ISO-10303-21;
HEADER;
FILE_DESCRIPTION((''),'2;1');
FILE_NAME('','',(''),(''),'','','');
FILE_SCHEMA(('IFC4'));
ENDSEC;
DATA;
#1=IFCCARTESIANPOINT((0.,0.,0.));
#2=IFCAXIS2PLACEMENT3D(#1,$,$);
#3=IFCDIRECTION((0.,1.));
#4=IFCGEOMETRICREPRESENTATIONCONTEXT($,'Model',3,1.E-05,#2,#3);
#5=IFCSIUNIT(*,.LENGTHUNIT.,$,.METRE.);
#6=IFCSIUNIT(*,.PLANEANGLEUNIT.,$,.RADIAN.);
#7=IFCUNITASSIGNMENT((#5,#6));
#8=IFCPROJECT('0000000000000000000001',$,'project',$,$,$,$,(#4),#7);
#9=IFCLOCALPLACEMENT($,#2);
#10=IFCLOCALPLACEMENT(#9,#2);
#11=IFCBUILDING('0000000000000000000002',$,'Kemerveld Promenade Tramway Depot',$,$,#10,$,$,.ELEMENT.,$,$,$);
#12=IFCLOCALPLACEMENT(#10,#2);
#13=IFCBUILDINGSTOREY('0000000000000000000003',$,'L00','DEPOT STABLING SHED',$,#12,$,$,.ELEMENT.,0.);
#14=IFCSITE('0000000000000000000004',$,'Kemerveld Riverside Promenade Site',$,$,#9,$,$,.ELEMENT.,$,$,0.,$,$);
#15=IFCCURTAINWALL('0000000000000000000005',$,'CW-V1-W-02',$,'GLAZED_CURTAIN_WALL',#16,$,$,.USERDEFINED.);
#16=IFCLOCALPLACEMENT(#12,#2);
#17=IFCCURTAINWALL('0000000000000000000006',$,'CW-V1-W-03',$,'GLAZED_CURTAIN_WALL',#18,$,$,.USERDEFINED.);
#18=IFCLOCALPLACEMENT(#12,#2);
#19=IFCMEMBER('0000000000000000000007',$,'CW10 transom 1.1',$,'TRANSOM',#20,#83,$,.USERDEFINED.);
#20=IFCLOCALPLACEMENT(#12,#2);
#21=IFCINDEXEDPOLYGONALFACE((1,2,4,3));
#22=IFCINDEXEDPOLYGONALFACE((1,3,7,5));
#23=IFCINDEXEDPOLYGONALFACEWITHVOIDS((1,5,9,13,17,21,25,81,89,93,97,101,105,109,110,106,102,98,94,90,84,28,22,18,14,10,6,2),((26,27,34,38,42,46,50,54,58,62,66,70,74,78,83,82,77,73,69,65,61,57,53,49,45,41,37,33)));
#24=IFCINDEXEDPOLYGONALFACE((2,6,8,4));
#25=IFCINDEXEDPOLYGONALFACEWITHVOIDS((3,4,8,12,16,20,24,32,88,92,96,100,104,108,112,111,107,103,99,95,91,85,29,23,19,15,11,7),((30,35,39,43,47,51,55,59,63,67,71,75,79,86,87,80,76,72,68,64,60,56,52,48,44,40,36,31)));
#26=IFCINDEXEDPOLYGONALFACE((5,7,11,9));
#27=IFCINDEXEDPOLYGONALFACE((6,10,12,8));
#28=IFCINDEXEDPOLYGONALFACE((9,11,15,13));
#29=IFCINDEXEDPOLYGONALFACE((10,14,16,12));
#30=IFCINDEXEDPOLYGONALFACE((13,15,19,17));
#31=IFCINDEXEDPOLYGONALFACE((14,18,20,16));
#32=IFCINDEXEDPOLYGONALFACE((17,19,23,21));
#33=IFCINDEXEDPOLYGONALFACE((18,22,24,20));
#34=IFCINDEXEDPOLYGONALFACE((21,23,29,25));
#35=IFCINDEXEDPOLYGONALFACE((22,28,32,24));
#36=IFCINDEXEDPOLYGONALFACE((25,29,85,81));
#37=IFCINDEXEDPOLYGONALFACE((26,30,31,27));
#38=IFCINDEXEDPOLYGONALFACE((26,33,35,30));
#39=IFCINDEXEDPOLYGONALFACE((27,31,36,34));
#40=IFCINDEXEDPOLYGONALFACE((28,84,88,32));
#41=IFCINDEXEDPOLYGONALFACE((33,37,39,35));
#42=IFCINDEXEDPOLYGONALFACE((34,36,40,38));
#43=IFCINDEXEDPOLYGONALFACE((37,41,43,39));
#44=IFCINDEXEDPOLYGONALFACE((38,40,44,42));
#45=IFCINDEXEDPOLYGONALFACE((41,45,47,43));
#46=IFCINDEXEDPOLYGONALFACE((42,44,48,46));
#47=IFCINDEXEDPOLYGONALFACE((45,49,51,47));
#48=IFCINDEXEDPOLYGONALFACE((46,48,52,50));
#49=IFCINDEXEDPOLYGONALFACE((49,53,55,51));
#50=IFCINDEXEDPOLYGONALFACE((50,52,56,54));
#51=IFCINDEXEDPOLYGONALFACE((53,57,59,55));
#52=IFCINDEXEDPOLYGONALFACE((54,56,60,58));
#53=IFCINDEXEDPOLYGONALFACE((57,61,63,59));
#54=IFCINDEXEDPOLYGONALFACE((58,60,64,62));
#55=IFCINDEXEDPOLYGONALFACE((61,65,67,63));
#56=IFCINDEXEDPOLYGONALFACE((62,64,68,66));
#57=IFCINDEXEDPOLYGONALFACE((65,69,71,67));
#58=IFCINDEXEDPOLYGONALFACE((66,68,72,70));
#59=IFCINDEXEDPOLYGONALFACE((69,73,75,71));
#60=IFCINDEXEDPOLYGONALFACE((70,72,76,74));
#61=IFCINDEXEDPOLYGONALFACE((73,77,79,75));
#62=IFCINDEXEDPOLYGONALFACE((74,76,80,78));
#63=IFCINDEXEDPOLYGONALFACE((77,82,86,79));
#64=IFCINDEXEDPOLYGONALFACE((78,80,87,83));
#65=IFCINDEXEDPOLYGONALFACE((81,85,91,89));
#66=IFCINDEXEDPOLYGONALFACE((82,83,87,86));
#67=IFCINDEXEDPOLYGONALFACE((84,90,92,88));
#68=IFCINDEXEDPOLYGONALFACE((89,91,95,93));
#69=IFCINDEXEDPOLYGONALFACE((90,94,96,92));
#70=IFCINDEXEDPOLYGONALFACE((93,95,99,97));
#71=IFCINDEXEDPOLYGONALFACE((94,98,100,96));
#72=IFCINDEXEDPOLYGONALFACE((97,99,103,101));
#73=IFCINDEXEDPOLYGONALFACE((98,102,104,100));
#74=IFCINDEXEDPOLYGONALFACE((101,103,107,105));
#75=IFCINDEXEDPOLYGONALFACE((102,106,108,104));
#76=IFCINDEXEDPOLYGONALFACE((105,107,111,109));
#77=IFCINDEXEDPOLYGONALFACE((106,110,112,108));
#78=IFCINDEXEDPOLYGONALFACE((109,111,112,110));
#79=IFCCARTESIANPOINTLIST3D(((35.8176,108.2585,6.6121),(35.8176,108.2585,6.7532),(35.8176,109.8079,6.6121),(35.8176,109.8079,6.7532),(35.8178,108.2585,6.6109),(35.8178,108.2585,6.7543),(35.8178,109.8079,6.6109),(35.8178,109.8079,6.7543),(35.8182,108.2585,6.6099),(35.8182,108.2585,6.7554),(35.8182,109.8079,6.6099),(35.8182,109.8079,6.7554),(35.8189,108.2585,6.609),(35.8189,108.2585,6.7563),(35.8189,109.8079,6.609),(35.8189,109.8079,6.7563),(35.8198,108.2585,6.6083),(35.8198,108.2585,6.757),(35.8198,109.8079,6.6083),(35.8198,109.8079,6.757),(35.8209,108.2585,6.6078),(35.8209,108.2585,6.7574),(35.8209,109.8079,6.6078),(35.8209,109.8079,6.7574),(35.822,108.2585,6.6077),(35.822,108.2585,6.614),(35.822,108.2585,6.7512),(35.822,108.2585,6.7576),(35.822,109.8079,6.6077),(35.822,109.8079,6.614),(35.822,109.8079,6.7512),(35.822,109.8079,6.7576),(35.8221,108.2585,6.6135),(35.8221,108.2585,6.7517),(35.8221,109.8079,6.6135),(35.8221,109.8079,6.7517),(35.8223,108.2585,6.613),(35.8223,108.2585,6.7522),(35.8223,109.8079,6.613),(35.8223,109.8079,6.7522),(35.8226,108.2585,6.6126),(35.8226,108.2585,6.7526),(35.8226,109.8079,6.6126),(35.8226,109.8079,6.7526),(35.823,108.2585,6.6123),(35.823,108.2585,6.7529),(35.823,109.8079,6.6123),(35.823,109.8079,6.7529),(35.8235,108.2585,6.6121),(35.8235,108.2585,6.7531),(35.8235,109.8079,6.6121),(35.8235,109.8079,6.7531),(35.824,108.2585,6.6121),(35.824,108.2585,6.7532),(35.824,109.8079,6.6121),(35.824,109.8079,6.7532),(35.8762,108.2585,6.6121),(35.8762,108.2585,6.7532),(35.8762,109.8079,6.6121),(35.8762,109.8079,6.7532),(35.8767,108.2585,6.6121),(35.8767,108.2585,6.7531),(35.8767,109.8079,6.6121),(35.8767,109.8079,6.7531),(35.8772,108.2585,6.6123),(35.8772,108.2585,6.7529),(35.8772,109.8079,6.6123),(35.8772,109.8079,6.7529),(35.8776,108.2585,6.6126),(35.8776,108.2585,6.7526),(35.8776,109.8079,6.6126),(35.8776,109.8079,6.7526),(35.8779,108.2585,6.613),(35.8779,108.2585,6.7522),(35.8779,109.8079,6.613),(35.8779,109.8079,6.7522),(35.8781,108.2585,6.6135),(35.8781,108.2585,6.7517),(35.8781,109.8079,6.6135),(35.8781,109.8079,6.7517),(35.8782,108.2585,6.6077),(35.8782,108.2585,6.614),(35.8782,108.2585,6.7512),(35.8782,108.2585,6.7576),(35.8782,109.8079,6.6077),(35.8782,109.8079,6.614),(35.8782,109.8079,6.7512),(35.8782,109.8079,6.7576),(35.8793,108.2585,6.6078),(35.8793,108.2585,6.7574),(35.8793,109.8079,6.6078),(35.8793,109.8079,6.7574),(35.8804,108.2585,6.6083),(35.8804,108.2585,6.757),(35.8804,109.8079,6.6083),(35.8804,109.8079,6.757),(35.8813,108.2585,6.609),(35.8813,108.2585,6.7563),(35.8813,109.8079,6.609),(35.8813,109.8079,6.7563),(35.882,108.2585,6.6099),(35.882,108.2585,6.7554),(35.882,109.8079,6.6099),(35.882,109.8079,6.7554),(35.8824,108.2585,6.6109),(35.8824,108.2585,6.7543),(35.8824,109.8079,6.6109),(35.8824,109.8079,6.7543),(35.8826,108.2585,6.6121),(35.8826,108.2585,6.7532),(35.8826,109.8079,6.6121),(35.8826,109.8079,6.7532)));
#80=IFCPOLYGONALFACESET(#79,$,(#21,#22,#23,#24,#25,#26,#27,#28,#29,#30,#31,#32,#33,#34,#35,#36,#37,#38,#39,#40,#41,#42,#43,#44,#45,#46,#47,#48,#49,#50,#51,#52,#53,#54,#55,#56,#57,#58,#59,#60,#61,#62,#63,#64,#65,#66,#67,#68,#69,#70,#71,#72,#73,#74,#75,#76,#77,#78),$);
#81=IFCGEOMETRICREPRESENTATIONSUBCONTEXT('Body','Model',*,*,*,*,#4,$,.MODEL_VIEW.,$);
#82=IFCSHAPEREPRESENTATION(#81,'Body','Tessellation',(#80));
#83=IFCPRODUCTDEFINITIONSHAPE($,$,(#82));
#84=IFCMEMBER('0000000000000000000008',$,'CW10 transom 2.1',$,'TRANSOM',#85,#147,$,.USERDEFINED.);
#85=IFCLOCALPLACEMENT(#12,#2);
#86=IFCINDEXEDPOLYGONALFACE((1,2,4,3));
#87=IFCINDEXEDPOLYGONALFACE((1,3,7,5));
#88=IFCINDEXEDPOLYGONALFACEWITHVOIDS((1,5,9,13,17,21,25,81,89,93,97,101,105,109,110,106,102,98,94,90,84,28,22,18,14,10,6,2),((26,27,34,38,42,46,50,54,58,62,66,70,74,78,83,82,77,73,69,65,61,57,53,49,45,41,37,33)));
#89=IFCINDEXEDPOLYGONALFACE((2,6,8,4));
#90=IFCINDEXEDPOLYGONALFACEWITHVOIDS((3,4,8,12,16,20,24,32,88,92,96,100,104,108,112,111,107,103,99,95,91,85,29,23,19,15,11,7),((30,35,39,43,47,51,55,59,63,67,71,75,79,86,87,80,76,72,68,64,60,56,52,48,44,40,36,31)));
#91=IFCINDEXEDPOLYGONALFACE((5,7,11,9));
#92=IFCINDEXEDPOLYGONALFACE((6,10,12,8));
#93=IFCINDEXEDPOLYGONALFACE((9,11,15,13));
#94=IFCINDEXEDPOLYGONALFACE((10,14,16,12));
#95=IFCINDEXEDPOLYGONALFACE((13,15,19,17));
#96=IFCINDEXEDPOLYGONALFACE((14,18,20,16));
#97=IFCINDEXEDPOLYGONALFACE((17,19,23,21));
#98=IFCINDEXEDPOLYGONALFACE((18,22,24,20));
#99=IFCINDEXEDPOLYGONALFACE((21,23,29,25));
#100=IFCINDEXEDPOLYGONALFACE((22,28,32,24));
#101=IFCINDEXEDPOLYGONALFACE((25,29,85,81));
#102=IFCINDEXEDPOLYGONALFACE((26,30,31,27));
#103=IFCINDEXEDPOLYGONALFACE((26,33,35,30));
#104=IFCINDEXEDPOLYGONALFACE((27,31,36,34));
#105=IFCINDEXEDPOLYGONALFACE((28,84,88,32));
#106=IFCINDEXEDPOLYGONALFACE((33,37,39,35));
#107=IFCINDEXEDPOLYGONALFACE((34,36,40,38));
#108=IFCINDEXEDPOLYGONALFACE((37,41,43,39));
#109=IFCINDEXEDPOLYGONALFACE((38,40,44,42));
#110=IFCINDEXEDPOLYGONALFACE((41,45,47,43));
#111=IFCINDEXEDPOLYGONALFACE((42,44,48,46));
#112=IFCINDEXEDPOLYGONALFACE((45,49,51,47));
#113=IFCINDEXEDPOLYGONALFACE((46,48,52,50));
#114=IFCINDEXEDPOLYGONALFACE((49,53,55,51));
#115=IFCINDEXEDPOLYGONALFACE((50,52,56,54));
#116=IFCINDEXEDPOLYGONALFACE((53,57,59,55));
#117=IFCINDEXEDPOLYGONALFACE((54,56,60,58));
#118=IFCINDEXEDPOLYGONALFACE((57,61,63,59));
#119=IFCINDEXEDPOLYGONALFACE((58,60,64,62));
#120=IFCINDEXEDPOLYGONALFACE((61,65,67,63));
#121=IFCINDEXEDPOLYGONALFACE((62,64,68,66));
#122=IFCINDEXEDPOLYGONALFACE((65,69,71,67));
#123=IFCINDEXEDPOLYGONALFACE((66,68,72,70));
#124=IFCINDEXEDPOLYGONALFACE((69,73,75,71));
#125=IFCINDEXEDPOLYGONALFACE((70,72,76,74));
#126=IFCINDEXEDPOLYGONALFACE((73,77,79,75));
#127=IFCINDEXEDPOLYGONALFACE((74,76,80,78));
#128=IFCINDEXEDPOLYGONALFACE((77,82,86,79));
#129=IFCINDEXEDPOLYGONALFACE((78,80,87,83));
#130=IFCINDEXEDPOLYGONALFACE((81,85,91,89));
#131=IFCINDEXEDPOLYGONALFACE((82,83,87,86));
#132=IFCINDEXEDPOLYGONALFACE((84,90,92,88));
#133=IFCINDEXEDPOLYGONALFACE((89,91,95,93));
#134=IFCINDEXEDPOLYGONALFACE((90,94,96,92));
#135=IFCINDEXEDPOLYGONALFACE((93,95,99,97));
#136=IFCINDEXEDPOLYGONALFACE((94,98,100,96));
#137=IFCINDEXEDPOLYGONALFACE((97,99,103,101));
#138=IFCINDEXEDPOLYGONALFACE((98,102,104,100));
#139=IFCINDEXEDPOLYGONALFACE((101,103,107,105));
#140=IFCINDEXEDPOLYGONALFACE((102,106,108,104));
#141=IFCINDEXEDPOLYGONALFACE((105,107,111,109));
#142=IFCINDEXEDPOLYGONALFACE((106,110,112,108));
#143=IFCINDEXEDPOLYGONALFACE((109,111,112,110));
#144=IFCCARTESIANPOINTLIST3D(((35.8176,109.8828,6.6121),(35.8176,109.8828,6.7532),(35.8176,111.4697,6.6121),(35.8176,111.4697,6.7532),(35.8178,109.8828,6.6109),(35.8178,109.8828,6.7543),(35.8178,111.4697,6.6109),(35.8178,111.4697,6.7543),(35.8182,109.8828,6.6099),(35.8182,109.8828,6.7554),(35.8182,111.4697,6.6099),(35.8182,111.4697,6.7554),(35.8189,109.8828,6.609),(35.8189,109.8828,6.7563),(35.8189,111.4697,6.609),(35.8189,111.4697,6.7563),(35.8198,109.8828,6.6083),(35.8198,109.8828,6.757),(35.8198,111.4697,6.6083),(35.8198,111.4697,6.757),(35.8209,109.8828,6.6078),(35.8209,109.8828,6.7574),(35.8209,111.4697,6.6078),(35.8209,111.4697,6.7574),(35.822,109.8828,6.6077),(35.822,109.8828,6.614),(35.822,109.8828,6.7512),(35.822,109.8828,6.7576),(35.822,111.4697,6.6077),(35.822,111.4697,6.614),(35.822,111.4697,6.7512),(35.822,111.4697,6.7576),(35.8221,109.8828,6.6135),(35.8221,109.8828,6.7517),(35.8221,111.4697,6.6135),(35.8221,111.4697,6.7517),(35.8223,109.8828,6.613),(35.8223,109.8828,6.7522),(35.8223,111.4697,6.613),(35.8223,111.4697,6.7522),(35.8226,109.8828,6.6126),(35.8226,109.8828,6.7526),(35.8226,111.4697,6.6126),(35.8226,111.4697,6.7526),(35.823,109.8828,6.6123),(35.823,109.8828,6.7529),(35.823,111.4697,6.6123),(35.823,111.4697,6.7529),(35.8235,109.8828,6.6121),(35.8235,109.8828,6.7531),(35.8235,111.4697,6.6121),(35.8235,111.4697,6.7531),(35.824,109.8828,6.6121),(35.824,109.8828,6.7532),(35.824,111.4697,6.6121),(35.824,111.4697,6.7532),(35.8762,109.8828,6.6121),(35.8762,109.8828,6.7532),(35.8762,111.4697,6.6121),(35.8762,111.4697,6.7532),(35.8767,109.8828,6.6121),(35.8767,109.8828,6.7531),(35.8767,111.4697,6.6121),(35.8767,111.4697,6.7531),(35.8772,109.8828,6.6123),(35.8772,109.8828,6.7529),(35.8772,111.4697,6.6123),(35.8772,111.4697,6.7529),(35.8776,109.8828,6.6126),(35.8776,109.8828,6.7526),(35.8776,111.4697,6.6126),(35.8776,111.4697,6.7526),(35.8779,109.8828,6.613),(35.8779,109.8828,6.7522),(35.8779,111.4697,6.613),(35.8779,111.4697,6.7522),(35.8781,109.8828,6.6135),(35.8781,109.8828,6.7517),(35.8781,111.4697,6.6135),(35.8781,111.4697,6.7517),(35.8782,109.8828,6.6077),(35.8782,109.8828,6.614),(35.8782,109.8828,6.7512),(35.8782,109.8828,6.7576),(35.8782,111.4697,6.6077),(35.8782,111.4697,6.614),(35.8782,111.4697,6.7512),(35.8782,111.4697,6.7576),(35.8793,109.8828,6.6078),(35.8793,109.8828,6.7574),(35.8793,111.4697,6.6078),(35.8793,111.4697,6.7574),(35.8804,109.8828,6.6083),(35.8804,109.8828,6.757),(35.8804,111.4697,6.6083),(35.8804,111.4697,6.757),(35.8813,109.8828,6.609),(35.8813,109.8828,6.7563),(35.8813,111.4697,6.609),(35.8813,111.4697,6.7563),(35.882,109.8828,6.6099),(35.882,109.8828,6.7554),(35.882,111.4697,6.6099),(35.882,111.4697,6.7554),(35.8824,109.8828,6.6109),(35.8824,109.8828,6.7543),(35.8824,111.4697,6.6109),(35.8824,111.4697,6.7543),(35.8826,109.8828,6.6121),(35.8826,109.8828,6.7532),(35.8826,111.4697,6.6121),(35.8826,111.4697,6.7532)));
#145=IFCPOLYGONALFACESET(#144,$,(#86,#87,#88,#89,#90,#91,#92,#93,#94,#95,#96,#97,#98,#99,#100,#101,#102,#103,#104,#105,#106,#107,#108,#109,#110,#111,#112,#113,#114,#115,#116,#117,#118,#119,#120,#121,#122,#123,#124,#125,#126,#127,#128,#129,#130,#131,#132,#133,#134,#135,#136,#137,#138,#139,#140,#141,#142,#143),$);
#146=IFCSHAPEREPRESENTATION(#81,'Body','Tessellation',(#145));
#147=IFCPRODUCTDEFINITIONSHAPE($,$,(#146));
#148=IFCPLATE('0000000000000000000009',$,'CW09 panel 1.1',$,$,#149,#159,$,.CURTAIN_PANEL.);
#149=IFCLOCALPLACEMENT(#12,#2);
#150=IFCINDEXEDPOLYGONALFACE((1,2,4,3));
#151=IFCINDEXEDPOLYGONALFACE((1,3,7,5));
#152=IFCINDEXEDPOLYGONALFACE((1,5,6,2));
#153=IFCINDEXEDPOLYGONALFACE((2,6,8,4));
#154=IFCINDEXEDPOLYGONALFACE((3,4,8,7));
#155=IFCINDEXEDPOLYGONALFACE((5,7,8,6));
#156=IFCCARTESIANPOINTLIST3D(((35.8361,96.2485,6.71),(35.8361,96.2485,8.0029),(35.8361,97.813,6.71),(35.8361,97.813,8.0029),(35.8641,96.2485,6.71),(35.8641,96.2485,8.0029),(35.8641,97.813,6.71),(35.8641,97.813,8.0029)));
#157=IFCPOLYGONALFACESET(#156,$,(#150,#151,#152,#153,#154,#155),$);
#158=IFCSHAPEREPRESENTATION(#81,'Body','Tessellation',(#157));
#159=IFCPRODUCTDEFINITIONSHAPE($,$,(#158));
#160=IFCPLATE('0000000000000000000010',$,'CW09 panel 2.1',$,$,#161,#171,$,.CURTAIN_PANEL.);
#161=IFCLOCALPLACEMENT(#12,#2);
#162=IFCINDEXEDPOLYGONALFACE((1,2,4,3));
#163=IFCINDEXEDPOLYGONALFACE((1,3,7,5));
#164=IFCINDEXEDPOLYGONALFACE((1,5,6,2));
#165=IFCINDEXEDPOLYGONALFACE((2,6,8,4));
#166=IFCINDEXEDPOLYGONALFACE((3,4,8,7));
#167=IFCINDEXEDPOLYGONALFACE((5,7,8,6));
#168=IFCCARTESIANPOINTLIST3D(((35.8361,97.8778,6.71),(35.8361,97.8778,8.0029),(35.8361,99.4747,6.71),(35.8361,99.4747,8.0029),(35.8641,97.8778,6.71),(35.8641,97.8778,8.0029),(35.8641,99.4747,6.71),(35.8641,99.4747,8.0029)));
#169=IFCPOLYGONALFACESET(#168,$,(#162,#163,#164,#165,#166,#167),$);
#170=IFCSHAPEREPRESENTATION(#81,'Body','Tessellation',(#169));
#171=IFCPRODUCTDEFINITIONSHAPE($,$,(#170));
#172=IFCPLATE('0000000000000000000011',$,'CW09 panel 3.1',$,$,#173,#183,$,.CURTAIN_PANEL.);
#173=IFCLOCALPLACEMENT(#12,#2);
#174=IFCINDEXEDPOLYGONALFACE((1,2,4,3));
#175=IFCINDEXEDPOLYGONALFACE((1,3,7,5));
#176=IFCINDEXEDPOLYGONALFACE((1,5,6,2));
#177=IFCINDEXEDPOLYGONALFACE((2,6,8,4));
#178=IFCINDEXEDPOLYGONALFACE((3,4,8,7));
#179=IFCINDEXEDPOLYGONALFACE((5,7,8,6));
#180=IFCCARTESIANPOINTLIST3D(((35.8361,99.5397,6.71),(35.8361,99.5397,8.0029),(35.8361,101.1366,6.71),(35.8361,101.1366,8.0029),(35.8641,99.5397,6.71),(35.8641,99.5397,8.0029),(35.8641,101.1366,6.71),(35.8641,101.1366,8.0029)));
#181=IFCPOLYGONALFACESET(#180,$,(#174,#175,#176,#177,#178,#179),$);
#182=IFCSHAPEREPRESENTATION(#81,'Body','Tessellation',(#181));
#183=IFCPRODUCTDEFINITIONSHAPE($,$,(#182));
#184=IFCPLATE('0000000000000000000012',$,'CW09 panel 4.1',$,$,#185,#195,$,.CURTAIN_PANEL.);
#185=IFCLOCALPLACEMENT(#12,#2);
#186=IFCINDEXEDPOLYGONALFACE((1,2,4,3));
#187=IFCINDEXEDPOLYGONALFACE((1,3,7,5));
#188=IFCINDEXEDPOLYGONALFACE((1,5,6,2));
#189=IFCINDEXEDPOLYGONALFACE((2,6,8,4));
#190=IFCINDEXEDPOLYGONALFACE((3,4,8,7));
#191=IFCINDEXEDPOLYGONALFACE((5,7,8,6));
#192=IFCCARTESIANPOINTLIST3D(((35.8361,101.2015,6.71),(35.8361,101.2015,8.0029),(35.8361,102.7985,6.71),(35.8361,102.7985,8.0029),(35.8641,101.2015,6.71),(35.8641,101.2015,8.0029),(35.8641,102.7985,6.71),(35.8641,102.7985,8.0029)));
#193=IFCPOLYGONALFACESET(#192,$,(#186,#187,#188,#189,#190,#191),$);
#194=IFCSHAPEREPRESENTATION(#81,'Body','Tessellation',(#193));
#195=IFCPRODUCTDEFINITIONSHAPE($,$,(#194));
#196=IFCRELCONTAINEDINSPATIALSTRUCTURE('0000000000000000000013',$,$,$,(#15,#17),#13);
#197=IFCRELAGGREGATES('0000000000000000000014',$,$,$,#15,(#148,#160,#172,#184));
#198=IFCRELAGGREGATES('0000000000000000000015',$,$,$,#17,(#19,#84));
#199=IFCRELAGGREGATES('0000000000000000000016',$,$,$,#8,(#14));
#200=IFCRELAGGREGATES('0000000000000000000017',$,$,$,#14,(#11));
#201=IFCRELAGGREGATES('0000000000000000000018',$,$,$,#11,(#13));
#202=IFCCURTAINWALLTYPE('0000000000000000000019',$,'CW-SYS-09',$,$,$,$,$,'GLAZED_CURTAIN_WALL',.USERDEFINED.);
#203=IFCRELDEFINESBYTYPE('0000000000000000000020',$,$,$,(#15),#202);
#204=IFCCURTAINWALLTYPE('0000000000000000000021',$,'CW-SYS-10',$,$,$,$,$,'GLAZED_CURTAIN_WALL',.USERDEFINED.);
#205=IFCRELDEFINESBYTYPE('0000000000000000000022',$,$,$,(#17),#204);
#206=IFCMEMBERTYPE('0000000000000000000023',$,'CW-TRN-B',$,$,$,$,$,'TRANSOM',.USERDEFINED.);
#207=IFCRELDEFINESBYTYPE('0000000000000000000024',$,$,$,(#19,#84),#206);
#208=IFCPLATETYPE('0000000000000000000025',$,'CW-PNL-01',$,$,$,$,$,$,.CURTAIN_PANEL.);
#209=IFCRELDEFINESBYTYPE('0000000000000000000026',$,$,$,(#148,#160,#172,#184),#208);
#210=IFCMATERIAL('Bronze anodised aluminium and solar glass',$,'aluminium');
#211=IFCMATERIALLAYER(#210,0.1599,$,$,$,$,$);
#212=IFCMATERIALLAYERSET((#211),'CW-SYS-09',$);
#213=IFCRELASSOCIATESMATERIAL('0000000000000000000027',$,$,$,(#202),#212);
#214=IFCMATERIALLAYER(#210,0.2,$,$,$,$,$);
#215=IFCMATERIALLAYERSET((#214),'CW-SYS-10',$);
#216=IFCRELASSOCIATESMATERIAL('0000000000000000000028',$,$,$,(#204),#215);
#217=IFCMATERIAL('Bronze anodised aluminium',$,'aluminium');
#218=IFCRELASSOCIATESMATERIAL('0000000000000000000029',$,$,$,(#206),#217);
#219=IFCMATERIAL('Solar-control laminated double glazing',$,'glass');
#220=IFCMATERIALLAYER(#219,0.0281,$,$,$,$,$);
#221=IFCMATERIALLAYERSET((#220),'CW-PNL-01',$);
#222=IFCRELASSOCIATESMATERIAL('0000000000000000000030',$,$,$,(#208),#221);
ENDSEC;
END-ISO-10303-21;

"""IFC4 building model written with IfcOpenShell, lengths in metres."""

from ifc_helpers import new_model, si_unit, direction, frame, origin, origin_2d, place, context, subcontext, project, spatial, rectangle, hollow_rectangle, extrude, material, layer, layer_set, material_profile, profile_set, type_object, element, aggregate, save


model = new_model("IFC4")

# Units and contexts
model_context = context("Model", 3, precision=1e-05, world=origin(), true_north=direction((0.0, 1.0)))
body_context = subcontext(model_context, "Body", "Model", "MODEL_VIEW")
ifc_project = project(units=[si_unit("LENGTHUNIT", "METRE"), si_unit("PLANEANGLEUNIT", "RADIAN")], contexts=[model_context])

# Site, building, storey
site_placement = place(None, origin())
site = spatial("IfcSite", under=ifc_project, at=site_placement, Name="Kemerveld Riverside Promenade Site", CompositionType="ELEMENT", RefElevation=0.0)
building_placement = place(site_placement, origin())
building = spatial("IfcBuilding", under=site, at=building_placement, Name="Kemerveld Promenade Tramway Depot", CompositionType="ELEMENT")
storey_placement = place(building_placement, origin())
storey = spatial("IfcBuildingStorey", under=building, at=storey_placement, Name="L00", Description="DEPOT STABLING SHED", CompositionType="ELEMENT", Elevation=0.0)

# Curtain walls
ifc_material_1 = material(Name="Bronze anodised aluminium and solar glass", Category="aluminium")
ifc_layer_1 = layer(ifc_material_1, 0.1599)
ifc_layer_set_1 = layer_set([ifc_layer_1], Name="CW-SYS-09")
curtain_wall_type_1 = type_object("IfcCurtainWallType", Name="CW-SYS-09", ElementType="GLAZED_CURTAIN_WALL", PredefinedType="USERDEFINED", material=ifc_layer_set_1)
curtain_wall_1_placement = place(storey_placement, origin())
curtain_wall_1 = element("IfcCurtainWall", 1, at=curtain_wall_1_placement, inside=storey, type_object=curtain_wall_type_1, Name="CW-V1-W-02", ObjectType="GLAZED_CURTAIN_WALL", PredefinedType="USERDEFINED")
ifc_material_2 = material(Name="Bronze anodised aluminium", Category="aluminium")
ifc_layer_2 = layer(ifc_material_1, 0.2)
ifc_layer_set_2 = layer_set([ifc_layer_2], Name="CW-SYS-10")
curtain_wall_type_2 = type_object("IfcCurtainWallType", Name="CW-SYS-10", ElementType="GLAZED_CURTAIN_WALL", PredefinedType="USERDEFINED", material=ifc_layer_set_2)
curtain_wall_2_placement = place(storey_placement, origin())
curtain_wall_2 = element("IfcCurtainWall", 2, at=curtain_wall_2_placement, inside=storey, type_object=curtain_wall_type_2, Name="CW-V1-W-03", ObjectType="GLAZED_CURTAIN_WALL", PredefinedType="USERDEFINED")

# Members
ifc_material_profile_1 = material_profile(ifc_material_2, hollow_rectangle(XDim=0.0649, YDim=0.1499, WallThickness=0.0044, InnerFilletRadius=0.002, OuterFilletRadius=0.0044, at=origin_2d()), Name="CW-TRN-150x65")
ifc_profile_set_1 = profile_set([ifc_material_profile_1], Name="Bronze anodised aluminium")
member_type_1 = type_object("IfcMemberType", Name="CW-TRN-B", ElementType="TRANSOM", PredefinedType="USERDEFINED", material=ifc_profile_set_1)
member_1_placement = place(storey_placement, frame((35.8501, 108.2585, 6.6826), z_axis=(0.0, 1.0, 0.0), x_axis=(-1.0, 0.0, 0.0)))
member_1 = element("IfcMember", 3, at=member_1_placement, type_object=member_type_1, Name="CW10 transom 1.1", ObjectType="TRANSOM", PredefinedType="USERDEFINED", context=body_context, shape_type="SweptSolid", body=[
    extrude(hollow_rectangle(XDim=0.0649, YDim=0.1499, WallThickness=0.0044, InnerFilletRadius=0.002, OuterFilletRadius=0.0044, at=origin_2d()), origin(), (0.0, 0.0, 1.0), 1.5493),
])
member_2_placement = place(storey_placement, frame((35.8501, 109.8828, 6.6826), z_axis=(0.0, 1.0, 0.0), x_axis=(-1.0, 0.0, 0.0)))
member_2 = element("IfcMember", 4, at=member_2_placement, type_object=member_type_1, Name="CW10 transom 2.1", ObjectType="TRANSOM", PredefinedType="USERDEFINED", context=body_context, shape_type="SweptSolid", body=[
    extrude(hollow_rectangle(XDim=0.0649, YDim=0.1499, WallThickness=0.0044, InnerFilletRadius=0.002, OuterFilletRadius=0.0044, at=origin_2d()), origin(), (0.0, 0.0, 1.0), 1.5869),
])

# Plates
ifc_material_3 = material(Name="Solar-control laminated double glazing", Category="glass")
ifc_layer_3 = layer(ifc_material_3, 0.0281)
ifc_layer_set_3 = layer_set([ifc_layer_3], Name="CW-PNL-01")
plate_type_1 = type_object("IfcPlateType", Name="CW-PNL-01", PredefinedType="CURTAIN_PANEL", material=ifc_layer_set_3)
plate_1_placement = place(storey_placement, frame((35.8501, 97.0308, 6.71), z_axis=(0.0, 0.0, 1.0), x_axis=(0.0, 1.0, 0.0)))
plate_1 = element("IfcPlate", 5, at=plate_1_placement, type_object=plate_type_1, Name="CW09 panel 1.1", PredefinedType="CURTAIN_PANEL", context=body_context, shape_type="SweptSolid", body=[
    extrude(rectangle(XDim=1.5645, YDim=0.0281, at=origin_2d()), origin(), (0.0, 0.0, 1.0), 1.293),
])
plate_2_placement = place(storey_placement, frame((35.8501, 98.6763, 6.71), z_axis=(0.0, 0.0, 1.0), x_axis=(0.0, 1.0, 0.0)))
plate_2 = element("IfcPlate", 6, at=plate_2_placement, type_object=plate_type_1, Name="CW09 panel 2.1", PredefinedType="CURTAIN_PANEL", context=body_context, shape_type="SweptSolid", body=[
    extrude(rectangle(XDim=1.5969, YDim=0.0281, at=origin_2d()), origin(), (0.0, 0.0, 1.0), 1.293),
])
plate_3_placement = place(storey_placement, frame((35.8501, 100.3381, 6.71), z_axis=(0.0, 0.0, 1.0), x_axis=(0.0, 1.0, 0.0)))
plate_3 = element("IfcPlate", 7, at=plate_3_placement, type_object=plate_type_1, Name="CW09 panel 3.1", PredefinedType="CURTAIN_PANEL", context=body_context, shape_type="SweptSolid", body=[
    extrude(rectangle(XDim=1.5969, YDim=0.0281, at=origin_2d()), origin(), (0.0, 0.0, 1.0), 1.293),
])
plate_4_placement = place(storey_placement, frame((35.8501, 102.0, 6.71), z_axis=(0.0, 0.0, 1.0), x_axis=(0.0, 1.0, 0.0)))
plate_4 = element("IfcPlate", 8, at=plate_4_placement, type_object=plate_type_1, Name="CW09 panel 4.1", PredefinedType="CURTAIN_PANEL", context=body_context, shape_type="SweptSolid", body=[
    extrude(rectangle(XDim=1.5969, YDim=0.0281, at=origin_2d()), origin(), (0.0, 0.0, 1.0), 1.293),
])
aggregate(curtain_wall_1, [plate_1, plate_2, plate_3, plate_4])
aggregate(curtain_wall_2, [member_1, member_2])

save(model, "model.ifc")
